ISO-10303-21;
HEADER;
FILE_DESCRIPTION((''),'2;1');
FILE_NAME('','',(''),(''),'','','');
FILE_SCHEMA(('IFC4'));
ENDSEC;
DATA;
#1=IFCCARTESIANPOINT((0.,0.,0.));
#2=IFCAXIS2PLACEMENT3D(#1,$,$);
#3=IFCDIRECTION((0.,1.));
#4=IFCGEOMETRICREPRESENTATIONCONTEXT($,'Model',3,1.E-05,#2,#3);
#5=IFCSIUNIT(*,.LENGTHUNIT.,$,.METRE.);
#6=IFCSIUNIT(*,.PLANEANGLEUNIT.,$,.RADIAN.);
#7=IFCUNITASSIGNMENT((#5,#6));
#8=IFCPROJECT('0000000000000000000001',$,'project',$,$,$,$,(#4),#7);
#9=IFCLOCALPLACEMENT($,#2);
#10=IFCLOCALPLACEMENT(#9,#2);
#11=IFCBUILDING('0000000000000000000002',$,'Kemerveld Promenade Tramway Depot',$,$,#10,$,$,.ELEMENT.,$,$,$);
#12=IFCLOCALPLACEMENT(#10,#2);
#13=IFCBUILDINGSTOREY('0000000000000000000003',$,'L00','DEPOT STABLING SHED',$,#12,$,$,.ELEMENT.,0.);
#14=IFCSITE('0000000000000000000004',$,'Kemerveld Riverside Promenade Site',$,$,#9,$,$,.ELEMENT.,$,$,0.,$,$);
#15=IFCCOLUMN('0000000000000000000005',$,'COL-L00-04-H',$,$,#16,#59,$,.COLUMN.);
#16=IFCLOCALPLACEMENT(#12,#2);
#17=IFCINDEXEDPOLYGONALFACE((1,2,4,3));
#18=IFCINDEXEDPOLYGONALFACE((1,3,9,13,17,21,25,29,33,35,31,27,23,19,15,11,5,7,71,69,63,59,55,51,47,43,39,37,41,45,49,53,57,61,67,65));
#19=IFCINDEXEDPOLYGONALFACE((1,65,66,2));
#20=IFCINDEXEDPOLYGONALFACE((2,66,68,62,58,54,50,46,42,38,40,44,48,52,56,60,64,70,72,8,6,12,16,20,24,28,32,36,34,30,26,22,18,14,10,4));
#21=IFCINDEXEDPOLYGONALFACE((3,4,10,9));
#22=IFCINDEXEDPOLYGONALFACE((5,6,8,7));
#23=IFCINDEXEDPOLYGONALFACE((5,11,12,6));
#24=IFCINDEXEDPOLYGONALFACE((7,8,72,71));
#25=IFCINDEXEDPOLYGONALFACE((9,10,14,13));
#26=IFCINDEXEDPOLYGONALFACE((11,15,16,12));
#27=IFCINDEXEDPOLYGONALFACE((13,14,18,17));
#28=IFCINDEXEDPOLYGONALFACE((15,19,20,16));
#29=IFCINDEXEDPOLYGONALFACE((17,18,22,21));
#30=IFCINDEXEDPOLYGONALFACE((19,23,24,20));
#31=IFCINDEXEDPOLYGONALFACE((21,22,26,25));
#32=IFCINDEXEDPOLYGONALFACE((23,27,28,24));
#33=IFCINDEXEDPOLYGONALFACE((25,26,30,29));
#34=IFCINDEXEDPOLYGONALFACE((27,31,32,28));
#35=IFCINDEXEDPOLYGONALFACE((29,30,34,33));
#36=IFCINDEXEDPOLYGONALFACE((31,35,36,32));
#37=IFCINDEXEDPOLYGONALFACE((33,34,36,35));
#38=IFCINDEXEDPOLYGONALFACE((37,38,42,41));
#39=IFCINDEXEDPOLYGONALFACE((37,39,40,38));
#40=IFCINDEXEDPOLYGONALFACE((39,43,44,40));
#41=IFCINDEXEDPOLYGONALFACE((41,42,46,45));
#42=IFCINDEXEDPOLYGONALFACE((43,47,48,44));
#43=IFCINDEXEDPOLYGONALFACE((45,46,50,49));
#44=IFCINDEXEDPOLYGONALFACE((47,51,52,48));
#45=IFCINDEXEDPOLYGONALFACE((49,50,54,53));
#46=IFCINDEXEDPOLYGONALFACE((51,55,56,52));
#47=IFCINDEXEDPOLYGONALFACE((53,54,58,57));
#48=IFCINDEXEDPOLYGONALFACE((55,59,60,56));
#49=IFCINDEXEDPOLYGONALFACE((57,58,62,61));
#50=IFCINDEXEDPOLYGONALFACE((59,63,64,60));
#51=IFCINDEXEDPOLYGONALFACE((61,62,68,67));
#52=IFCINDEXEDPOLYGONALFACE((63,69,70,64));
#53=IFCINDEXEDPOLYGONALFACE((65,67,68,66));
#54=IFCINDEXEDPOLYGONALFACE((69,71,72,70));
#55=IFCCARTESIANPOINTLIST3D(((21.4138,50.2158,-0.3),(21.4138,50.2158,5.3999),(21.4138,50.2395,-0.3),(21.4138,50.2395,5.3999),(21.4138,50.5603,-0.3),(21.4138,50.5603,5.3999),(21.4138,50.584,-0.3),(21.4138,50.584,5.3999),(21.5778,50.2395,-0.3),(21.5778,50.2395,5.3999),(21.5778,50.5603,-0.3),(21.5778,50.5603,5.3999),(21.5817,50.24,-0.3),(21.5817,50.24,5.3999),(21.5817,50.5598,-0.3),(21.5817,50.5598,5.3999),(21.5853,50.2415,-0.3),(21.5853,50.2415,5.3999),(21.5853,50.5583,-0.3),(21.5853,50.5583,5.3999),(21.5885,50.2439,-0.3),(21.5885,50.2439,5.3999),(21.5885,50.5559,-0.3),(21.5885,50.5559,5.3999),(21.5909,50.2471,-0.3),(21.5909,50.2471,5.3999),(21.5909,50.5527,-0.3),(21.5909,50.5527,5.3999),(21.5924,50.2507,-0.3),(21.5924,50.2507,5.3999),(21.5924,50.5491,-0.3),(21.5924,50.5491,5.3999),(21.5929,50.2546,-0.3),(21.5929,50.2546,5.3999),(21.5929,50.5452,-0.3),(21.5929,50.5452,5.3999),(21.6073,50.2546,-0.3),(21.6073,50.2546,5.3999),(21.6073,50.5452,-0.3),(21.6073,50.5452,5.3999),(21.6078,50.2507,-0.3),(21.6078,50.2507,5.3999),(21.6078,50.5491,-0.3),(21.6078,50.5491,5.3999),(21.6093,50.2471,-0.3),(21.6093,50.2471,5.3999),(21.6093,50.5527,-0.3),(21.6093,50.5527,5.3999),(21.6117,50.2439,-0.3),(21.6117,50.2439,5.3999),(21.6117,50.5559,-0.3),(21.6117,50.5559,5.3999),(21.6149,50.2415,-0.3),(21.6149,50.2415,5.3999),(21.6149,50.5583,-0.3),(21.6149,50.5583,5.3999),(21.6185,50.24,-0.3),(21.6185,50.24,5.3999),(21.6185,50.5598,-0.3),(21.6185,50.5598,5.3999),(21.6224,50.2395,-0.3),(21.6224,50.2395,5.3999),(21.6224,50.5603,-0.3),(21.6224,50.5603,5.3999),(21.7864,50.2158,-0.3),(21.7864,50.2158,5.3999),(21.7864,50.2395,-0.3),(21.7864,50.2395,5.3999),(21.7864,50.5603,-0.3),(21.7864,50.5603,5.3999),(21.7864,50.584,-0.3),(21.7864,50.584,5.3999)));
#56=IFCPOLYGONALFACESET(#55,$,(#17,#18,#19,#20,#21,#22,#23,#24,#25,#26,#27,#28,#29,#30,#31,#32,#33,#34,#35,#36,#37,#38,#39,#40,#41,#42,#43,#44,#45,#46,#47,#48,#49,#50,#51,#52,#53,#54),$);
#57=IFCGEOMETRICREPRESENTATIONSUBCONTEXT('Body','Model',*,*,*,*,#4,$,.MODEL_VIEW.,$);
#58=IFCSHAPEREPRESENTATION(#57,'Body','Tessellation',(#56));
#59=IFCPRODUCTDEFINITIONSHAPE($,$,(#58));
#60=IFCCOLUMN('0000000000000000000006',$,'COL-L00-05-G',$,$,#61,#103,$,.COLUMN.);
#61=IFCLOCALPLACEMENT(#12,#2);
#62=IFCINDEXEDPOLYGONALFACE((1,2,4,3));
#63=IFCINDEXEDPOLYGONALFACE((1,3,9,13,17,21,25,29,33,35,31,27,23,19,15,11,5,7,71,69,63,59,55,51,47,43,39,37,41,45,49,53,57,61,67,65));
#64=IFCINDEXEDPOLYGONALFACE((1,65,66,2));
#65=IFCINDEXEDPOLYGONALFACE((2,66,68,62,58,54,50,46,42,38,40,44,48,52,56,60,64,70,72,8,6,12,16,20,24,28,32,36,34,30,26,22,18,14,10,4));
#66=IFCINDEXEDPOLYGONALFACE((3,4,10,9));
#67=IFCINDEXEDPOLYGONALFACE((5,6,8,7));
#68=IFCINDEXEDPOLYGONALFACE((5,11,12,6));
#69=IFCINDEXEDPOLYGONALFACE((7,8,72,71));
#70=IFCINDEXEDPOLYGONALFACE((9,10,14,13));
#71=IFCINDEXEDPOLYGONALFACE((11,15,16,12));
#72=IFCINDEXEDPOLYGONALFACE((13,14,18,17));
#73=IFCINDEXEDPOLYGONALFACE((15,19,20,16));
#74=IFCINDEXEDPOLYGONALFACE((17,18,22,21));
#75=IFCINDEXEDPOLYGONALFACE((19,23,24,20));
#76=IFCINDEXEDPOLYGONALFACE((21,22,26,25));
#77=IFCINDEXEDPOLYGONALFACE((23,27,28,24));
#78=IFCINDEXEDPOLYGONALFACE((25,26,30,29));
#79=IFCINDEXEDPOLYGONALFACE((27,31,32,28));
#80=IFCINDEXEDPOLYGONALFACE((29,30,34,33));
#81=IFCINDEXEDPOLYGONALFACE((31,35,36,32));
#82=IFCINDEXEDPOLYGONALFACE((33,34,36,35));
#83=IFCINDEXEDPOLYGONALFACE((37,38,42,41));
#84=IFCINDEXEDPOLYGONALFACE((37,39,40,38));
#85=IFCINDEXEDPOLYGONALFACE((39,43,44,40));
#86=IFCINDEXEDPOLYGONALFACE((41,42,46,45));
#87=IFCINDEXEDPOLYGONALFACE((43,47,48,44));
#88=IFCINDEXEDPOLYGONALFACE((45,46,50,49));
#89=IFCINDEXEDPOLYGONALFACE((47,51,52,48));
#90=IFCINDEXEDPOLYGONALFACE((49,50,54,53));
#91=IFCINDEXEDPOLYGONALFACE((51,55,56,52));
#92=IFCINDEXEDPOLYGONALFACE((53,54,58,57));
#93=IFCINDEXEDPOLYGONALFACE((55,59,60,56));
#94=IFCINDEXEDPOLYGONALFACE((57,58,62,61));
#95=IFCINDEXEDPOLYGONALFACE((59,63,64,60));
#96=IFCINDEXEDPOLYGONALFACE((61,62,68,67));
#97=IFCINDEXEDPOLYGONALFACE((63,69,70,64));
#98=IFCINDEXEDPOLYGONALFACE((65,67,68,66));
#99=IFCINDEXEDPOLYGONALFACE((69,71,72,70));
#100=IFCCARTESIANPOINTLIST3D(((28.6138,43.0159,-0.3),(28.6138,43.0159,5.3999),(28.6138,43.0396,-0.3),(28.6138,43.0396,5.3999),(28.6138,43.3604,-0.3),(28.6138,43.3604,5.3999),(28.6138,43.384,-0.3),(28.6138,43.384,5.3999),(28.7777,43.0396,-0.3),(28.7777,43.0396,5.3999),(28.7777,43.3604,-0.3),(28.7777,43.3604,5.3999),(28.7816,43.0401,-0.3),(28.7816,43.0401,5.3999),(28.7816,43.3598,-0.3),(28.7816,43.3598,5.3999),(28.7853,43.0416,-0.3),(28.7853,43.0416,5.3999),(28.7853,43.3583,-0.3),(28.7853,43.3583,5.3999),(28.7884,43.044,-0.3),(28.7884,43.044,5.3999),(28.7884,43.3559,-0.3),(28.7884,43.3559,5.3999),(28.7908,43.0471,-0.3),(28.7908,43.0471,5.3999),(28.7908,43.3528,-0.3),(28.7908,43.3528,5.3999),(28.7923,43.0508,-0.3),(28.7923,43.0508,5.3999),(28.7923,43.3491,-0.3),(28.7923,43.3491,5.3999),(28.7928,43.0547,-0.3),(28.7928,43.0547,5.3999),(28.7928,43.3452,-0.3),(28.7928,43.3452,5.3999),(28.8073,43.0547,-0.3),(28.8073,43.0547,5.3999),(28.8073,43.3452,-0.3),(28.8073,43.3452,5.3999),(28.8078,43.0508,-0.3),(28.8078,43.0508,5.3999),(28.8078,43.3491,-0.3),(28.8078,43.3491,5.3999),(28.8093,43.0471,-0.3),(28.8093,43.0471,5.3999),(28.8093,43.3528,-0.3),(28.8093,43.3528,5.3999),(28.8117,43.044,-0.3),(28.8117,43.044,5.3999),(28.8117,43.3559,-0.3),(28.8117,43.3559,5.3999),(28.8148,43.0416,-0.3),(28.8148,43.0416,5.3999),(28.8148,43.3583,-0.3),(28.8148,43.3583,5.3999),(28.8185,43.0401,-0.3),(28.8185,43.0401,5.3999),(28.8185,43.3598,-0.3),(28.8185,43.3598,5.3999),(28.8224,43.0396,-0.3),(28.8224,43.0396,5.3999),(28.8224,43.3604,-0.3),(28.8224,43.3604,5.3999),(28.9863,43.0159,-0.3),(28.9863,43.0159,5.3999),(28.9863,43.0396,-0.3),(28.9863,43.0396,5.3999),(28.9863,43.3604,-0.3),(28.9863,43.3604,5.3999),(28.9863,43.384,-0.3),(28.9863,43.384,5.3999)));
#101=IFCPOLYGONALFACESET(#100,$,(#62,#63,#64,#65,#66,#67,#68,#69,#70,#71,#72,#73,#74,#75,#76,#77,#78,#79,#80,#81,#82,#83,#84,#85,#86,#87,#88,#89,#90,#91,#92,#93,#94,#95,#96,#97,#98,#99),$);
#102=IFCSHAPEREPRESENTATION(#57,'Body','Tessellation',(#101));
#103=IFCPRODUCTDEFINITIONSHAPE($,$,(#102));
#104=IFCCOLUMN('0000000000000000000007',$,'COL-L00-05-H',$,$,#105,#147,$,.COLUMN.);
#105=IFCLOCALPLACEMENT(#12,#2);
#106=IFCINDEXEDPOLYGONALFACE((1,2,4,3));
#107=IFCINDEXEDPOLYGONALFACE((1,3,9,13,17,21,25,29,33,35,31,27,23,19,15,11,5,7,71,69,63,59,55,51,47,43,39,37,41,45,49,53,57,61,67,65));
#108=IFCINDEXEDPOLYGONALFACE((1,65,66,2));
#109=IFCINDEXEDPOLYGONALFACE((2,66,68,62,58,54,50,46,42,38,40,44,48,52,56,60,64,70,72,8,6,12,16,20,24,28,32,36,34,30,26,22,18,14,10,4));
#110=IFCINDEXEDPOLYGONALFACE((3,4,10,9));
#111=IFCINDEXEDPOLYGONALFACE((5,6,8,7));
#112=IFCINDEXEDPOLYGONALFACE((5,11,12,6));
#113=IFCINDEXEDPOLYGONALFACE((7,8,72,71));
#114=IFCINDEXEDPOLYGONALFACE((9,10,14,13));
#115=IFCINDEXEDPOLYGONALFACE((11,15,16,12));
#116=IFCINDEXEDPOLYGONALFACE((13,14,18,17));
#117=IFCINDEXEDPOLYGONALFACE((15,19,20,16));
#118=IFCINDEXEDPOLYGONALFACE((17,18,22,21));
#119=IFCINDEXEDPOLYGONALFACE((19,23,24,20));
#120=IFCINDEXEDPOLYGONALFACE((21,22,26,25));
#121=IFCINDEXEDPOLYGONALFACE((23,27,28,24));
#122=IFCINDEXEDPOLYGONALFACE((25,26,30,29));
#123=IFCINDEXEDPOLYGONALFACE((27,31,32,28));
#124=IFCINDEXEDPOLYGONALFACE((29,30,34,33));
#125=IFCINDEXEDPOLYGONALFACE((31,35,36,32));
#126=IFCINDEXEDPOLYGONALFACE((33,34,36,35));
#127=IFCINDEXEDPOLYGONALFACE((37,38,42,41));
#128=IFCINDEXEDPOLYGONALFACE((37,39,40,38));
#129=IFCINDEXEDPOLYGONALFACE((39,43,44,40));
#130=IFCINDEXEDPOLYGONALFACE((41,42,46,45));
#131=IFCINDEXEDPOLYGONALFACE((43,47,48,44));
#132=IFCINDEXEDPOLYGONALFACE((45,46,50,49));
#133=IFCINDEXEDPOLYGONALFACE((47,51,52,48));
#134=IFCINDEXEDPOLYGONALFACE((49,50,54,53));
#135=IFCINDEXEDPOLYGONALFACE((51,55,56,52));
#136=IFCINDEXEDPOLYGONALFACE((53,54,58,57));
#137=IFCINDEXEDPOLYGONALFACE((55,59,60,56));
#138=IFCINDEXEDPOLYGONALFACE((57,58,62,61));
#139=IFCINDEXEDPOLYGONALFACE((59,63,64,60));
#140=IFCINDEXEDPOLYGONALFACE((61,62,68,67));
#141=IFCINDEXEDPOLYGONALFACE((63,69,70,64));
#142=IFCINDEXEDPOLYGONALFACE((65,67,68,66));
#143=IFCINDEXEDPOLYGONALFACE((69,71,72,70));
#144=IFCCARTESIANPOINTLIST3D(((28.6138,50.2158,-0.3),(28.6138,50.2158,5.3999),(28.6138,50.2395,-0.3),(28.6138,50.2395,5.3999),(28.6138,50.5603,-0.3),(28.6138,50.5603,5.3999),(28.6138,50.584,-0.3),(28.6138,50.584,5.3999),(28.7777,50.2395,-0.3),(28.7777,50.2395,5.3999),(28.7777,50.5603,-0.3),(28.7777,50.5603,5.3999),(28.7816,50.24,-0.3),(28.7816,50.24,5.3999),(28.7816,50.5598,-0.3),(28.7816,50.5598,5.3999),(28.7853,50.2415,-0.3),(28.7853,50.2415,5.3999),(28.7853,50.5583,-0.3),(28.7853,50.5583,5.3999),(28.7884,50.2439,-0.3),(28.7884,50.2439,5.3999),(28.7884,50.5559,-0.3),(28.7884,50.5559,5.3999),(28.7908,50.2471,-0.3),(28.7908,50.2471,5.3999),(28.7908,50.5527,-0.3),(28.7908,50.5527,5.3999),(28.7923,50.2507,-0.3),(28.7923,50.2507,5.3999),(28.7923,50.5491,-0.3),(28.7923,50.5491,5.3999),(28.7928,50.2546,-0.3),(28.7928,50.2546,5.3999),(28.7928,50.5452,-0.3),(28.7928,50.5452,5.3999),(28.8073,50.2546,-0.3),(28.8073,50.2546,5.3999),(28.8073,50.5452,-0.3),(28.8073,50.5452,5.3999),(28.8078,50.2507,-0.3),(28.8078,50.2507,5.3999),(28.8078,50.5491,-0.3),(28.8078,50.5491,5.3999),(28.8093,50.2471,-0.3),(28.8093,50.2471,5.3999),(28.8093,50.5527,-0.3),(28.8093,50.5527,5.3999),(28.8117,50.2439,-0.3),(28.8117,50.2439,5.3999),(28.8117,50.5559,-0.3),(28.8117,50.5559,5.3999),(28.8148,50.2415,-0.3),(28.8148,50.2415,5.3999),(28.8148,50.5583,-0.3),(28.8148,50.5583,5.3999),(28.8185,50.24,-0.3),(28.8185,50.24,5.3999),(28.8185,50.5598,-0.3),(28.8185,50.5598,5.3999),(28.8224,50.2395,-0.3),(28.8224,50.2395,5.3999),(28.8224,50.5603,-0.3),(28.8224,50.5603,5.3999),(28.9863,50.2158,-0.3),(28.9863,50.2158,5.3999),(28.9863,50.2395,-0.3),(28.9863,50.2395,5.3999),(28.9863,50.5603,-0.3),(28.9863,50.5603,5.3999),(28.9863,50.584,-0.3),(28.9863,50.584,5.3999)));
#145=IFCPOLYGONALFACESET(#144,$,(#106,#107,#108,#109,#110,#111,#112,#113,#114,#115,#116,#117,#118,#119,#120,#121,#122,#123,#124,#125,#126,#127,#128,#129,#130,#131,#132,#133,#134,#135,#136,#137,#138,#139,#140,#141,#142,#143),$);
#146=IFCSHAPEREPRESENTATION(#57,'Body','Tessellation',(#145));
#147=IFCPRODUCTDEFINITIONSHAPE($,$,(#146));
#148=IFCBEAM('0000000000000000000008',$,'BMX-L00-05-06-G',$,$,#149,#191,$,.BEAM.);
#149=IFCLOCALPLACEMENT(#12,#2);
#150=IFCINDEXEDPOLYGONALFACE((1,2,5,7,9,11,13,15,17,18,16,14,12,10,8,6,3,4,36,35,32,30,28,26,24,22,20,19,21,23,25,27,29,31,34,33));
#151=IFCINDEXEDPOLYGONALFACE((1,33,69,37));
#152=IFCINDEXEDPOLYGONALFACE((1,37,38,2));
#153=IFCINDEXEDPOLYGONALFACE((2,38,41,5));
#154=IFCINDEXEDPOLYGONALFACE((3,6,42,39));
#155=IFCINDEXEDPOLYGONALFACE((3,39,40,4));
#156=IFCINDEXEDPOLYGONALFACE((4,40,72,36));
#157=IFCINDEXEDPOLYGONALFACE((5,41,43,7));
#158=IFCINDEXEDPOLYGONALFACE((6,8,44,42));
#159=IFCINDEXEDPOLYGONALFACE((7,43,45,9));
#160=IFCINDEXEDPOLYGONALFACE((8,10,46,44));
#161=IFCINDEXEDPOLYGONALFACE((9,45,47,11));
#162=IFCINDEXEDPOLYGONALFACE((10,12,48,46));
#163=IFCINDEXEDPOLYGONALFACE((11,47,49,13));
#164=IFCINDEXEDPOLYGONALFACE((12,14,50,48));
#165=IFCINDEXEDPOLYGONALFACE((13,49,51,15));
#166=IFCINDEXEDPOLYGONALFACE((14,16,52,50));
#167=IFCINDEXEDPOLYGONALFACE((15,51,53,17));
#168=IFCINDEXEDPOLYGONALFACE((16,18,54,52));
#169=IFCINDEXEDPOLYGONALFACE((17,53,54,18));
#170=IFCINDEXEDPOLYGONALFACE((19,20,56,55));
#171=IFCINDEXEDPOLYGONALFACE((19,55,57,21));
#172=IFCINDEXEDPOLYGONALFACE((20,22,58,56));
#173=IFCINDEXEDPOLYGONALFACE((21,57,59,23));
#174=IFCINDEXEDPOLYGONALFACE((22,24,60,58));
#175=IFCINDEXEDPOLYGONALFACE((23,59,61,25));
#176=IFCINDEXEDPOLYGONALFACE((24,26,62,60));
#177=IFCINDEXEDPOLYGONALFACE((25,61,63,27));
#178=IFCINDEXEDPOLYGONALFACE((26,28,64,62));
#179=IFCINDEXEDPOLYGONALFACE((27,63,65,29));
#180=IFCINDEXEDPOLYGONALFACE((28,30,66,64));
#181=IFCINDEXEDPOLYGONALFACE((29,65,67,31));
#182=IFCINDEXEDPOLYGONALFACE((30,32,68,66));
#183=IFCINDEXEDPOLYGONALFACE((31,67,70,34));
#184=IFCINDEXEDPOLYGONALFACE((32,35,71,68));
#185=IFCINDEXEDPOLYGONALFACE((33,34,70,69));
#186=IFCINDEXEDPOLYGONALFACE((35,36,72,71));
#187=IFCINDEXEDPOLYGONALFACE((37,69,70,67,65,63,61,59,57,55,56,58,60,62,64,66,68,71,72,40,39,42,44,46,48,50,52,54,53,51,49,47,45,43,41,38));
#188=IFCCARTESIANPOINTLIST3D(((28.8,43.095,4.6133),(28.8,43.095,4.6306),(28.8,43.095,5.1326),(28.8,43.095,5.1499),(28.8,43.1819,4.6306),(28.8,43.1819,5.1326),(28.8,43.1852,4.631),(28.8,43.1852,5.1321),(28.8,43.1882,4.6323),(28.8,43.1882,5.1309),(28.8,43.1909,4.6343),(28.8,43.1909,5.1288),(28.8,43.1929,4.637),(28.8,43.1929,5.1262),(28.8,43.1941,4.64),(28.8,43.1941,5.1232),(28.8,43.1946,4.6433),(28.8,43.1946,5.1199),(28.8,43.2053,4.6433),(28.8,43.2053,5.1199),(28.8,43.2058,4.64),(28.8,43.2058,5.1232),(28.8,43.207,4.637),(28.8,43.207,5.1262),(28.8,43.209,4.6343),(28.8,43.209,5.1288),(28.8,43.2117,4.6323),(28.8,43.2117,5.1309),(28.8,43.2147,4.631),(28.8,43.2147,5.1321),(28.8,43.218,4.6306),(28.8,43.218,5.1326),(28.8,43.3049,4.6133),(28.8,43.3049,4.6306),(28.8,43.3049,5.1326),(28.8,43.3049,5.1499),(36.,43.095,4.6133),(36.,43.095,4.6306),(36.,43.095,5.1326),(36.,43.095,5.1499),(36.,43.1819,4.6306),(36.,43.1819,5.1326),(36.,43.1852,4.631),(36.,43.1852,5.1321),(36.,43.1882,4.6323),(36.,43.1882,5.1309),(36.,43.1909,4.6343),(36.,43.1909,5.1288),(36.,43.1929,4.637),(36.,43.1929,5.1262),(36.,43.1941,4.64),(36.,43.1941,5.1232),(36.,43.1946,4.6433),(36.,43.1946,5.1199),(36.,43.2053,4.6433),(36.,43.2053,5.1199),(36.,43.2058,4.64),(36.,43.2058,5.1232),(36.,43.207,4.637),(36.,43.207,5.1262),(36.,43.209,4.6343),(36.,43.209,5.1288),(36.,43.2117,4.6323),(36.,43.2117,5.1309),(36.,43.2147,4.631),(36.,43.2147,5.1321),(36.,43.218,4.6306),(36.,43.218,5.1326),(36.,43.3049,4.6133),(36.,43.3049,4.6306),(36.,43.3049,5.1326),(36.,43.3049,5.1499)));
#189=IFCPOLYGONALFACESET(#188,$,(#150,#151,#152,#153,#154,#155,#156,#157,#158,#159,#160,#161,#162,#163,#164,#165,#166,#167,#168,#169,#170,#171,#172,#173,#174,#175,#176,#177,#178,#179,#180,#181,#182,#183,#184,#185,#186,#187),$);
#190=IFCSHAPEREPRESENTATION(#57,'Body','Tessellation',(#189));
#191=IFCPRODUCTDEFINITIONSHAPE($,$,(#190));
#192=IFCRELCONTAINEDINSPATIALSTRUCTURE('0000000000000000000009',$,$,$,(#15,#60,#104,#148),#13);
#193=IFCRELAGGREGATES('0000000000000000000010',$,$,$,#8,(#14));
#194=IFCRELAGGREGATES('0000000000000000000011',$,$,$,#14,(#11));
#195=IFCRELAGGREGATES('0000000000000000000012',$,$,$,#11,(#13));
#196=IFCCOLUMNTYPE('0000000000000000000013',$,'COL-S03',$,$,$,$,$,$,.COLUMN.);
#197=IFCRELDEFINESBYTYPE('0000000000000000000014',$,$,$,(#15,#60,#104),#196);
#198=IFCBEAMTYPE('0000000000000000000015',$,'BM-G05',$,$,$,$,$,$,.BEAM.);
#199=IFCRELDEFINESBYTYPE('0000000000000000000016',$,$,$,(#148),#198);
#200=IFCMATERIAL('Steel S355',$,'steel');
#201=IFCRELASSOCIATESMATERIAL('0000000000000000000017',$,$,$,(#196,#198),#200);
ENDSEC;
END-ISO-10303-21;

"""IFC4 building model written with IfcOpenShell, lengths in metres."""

from ifc_helpers import new_model, si_unit, direction, frame, origin, origin_2d, place, context, subcontext, project, spatial, i_section, extrude, material, material_profile, profile_set, type_object, element, save


model = new_model("IFC4")

# Units and contexts
model_context = context("Model", 3, precision=1e-05, world=origin(), true_north=direction((0.0, 1.0)))
body_context = subcontext(model_context, "Body", "Model", "MODEL_VIEW")
ifc_project = project(units=[si_unit("LENGTHUNIT", "METRE"), si_unit("PLANEANGLEUNIT", "RADIAN")], contexts=[model_context])

# Site, building, storey
site_placement = place(None, origin())
site = spatial("IfcSite", under=ifc_project, at=site_placement, Name="Kemerveld Riverside Promenade Site", CompositionType="ELEMENT", RefElevation=0.0)
building_placement = place(site_placement, origin())
building = spatial("IfcBuilding", under=site, at=building_placement, Name="Kemerveld Promenade Tramway Depot", CompositionType="ELEMENT")
storey_placement = place(building_placement, origin())
storey = spatial("IfcBuildingStorey", under=building, at=storey_placement, Name="L00", Description="DEPOT STABLING SHED", CompositionType="ELEMENT", Elevation=0.0)

# Columns
ifc_material_1 = material(Name="Steel S355", Category="steel")
ifc_material_profile_1 = material_profile(ifc_material_1, i_section(OverallWidth=0.3726, OverallDepth=0.3682, WebThickness=0.0144, FlangeThickness=0.0237, FilletRadius=0.0151, at=origin_2d()), Name="356x368x177 UC")
ifc_profile_set_1 = profile_set([ifc_material_profile_1], Name="Steel S355")
column_type = type_object("IfcColumnType", Name="COL-S03", PredefinedType="COLUMN", material=ifc_profile_set_1)
for number, where, z_axis, x_axis, name in (
    (1, (21.6001, 50.3999, -0.3), (0.0, 0.0, 1.0), (1.0, 0.0, 0.0), "COL-L00-04-H"),
    (2, (28.8, 43.2, -0.3), (0.0, 0.0, 1.0), (1.0, 0.0, 0.0), "COL-L00-05-G"),
    (3, (28.8, 50.3999, -0.3), (0.0, 0.0, 1.0), (1.0, 0.0, 0.0), "COL-L00-05-H"),
):
    element("IfcColumn", number, at=place(storey_placement, frame(where, z_axis=z_axis, x_axis=x_axis)), inside=storey, type_object=column_type, Name=name, PredefinedType="COLUMN", context=body_context, shape_type="SweptSolid", body=[
        extrude(i_section(OverallWidth=0.3726, OverallDepth=0.3682, WebThickness=0.0144, FlangeThickness=0.0237, FilletRadius=0.0151, at=origin_2d()), origin(), (0.0, 0.0, 1.0), 5.7),
    ])

# Beam
ifc_material_profile_2 = material_profile(ifc_material_1, i_section(OverallWidth=0.21, OverallDepth=0.5366, WebThickness=0.0107, FlangeThickness=0.0173, FilletRadius=0.0127, at=origin_2d()), Name="533x210x101 UB")
ifc_profile_set_2 = profile_set([ifc_material_profile_2], Name="Steel S355")
beam_type_1 = type_object("IfcBeamType", Name="BM-G05", PredefinedType="BEAM", material=ifc_profile_set_2)
beam_1_placement = place(storey_placement, frame((28.8, 43.2, 4.8816), z_axis=(1.0, 0.0, 0.0), x_axis=(0.0, 1.0, 0.0)))
element("IfcBeam", 4, at=beam_1_placement, inside=storey, type_object=beam_type_1, Name="BMX-L00-05-06-G", PredefinedType="BEAM", context=body_context, shape_type="SweptSolid", body=[
    extrude(i_section(OverallWidth=0.21, OverallDepth=0.5366, WebThickness=0.0107, FlangeThickness=0.0173, FilletRadius=0.0127, at=origin_2d()), origin(), (0.0, 0.0, 1.0), 7.2),
])

save(model, "model.ifc")
